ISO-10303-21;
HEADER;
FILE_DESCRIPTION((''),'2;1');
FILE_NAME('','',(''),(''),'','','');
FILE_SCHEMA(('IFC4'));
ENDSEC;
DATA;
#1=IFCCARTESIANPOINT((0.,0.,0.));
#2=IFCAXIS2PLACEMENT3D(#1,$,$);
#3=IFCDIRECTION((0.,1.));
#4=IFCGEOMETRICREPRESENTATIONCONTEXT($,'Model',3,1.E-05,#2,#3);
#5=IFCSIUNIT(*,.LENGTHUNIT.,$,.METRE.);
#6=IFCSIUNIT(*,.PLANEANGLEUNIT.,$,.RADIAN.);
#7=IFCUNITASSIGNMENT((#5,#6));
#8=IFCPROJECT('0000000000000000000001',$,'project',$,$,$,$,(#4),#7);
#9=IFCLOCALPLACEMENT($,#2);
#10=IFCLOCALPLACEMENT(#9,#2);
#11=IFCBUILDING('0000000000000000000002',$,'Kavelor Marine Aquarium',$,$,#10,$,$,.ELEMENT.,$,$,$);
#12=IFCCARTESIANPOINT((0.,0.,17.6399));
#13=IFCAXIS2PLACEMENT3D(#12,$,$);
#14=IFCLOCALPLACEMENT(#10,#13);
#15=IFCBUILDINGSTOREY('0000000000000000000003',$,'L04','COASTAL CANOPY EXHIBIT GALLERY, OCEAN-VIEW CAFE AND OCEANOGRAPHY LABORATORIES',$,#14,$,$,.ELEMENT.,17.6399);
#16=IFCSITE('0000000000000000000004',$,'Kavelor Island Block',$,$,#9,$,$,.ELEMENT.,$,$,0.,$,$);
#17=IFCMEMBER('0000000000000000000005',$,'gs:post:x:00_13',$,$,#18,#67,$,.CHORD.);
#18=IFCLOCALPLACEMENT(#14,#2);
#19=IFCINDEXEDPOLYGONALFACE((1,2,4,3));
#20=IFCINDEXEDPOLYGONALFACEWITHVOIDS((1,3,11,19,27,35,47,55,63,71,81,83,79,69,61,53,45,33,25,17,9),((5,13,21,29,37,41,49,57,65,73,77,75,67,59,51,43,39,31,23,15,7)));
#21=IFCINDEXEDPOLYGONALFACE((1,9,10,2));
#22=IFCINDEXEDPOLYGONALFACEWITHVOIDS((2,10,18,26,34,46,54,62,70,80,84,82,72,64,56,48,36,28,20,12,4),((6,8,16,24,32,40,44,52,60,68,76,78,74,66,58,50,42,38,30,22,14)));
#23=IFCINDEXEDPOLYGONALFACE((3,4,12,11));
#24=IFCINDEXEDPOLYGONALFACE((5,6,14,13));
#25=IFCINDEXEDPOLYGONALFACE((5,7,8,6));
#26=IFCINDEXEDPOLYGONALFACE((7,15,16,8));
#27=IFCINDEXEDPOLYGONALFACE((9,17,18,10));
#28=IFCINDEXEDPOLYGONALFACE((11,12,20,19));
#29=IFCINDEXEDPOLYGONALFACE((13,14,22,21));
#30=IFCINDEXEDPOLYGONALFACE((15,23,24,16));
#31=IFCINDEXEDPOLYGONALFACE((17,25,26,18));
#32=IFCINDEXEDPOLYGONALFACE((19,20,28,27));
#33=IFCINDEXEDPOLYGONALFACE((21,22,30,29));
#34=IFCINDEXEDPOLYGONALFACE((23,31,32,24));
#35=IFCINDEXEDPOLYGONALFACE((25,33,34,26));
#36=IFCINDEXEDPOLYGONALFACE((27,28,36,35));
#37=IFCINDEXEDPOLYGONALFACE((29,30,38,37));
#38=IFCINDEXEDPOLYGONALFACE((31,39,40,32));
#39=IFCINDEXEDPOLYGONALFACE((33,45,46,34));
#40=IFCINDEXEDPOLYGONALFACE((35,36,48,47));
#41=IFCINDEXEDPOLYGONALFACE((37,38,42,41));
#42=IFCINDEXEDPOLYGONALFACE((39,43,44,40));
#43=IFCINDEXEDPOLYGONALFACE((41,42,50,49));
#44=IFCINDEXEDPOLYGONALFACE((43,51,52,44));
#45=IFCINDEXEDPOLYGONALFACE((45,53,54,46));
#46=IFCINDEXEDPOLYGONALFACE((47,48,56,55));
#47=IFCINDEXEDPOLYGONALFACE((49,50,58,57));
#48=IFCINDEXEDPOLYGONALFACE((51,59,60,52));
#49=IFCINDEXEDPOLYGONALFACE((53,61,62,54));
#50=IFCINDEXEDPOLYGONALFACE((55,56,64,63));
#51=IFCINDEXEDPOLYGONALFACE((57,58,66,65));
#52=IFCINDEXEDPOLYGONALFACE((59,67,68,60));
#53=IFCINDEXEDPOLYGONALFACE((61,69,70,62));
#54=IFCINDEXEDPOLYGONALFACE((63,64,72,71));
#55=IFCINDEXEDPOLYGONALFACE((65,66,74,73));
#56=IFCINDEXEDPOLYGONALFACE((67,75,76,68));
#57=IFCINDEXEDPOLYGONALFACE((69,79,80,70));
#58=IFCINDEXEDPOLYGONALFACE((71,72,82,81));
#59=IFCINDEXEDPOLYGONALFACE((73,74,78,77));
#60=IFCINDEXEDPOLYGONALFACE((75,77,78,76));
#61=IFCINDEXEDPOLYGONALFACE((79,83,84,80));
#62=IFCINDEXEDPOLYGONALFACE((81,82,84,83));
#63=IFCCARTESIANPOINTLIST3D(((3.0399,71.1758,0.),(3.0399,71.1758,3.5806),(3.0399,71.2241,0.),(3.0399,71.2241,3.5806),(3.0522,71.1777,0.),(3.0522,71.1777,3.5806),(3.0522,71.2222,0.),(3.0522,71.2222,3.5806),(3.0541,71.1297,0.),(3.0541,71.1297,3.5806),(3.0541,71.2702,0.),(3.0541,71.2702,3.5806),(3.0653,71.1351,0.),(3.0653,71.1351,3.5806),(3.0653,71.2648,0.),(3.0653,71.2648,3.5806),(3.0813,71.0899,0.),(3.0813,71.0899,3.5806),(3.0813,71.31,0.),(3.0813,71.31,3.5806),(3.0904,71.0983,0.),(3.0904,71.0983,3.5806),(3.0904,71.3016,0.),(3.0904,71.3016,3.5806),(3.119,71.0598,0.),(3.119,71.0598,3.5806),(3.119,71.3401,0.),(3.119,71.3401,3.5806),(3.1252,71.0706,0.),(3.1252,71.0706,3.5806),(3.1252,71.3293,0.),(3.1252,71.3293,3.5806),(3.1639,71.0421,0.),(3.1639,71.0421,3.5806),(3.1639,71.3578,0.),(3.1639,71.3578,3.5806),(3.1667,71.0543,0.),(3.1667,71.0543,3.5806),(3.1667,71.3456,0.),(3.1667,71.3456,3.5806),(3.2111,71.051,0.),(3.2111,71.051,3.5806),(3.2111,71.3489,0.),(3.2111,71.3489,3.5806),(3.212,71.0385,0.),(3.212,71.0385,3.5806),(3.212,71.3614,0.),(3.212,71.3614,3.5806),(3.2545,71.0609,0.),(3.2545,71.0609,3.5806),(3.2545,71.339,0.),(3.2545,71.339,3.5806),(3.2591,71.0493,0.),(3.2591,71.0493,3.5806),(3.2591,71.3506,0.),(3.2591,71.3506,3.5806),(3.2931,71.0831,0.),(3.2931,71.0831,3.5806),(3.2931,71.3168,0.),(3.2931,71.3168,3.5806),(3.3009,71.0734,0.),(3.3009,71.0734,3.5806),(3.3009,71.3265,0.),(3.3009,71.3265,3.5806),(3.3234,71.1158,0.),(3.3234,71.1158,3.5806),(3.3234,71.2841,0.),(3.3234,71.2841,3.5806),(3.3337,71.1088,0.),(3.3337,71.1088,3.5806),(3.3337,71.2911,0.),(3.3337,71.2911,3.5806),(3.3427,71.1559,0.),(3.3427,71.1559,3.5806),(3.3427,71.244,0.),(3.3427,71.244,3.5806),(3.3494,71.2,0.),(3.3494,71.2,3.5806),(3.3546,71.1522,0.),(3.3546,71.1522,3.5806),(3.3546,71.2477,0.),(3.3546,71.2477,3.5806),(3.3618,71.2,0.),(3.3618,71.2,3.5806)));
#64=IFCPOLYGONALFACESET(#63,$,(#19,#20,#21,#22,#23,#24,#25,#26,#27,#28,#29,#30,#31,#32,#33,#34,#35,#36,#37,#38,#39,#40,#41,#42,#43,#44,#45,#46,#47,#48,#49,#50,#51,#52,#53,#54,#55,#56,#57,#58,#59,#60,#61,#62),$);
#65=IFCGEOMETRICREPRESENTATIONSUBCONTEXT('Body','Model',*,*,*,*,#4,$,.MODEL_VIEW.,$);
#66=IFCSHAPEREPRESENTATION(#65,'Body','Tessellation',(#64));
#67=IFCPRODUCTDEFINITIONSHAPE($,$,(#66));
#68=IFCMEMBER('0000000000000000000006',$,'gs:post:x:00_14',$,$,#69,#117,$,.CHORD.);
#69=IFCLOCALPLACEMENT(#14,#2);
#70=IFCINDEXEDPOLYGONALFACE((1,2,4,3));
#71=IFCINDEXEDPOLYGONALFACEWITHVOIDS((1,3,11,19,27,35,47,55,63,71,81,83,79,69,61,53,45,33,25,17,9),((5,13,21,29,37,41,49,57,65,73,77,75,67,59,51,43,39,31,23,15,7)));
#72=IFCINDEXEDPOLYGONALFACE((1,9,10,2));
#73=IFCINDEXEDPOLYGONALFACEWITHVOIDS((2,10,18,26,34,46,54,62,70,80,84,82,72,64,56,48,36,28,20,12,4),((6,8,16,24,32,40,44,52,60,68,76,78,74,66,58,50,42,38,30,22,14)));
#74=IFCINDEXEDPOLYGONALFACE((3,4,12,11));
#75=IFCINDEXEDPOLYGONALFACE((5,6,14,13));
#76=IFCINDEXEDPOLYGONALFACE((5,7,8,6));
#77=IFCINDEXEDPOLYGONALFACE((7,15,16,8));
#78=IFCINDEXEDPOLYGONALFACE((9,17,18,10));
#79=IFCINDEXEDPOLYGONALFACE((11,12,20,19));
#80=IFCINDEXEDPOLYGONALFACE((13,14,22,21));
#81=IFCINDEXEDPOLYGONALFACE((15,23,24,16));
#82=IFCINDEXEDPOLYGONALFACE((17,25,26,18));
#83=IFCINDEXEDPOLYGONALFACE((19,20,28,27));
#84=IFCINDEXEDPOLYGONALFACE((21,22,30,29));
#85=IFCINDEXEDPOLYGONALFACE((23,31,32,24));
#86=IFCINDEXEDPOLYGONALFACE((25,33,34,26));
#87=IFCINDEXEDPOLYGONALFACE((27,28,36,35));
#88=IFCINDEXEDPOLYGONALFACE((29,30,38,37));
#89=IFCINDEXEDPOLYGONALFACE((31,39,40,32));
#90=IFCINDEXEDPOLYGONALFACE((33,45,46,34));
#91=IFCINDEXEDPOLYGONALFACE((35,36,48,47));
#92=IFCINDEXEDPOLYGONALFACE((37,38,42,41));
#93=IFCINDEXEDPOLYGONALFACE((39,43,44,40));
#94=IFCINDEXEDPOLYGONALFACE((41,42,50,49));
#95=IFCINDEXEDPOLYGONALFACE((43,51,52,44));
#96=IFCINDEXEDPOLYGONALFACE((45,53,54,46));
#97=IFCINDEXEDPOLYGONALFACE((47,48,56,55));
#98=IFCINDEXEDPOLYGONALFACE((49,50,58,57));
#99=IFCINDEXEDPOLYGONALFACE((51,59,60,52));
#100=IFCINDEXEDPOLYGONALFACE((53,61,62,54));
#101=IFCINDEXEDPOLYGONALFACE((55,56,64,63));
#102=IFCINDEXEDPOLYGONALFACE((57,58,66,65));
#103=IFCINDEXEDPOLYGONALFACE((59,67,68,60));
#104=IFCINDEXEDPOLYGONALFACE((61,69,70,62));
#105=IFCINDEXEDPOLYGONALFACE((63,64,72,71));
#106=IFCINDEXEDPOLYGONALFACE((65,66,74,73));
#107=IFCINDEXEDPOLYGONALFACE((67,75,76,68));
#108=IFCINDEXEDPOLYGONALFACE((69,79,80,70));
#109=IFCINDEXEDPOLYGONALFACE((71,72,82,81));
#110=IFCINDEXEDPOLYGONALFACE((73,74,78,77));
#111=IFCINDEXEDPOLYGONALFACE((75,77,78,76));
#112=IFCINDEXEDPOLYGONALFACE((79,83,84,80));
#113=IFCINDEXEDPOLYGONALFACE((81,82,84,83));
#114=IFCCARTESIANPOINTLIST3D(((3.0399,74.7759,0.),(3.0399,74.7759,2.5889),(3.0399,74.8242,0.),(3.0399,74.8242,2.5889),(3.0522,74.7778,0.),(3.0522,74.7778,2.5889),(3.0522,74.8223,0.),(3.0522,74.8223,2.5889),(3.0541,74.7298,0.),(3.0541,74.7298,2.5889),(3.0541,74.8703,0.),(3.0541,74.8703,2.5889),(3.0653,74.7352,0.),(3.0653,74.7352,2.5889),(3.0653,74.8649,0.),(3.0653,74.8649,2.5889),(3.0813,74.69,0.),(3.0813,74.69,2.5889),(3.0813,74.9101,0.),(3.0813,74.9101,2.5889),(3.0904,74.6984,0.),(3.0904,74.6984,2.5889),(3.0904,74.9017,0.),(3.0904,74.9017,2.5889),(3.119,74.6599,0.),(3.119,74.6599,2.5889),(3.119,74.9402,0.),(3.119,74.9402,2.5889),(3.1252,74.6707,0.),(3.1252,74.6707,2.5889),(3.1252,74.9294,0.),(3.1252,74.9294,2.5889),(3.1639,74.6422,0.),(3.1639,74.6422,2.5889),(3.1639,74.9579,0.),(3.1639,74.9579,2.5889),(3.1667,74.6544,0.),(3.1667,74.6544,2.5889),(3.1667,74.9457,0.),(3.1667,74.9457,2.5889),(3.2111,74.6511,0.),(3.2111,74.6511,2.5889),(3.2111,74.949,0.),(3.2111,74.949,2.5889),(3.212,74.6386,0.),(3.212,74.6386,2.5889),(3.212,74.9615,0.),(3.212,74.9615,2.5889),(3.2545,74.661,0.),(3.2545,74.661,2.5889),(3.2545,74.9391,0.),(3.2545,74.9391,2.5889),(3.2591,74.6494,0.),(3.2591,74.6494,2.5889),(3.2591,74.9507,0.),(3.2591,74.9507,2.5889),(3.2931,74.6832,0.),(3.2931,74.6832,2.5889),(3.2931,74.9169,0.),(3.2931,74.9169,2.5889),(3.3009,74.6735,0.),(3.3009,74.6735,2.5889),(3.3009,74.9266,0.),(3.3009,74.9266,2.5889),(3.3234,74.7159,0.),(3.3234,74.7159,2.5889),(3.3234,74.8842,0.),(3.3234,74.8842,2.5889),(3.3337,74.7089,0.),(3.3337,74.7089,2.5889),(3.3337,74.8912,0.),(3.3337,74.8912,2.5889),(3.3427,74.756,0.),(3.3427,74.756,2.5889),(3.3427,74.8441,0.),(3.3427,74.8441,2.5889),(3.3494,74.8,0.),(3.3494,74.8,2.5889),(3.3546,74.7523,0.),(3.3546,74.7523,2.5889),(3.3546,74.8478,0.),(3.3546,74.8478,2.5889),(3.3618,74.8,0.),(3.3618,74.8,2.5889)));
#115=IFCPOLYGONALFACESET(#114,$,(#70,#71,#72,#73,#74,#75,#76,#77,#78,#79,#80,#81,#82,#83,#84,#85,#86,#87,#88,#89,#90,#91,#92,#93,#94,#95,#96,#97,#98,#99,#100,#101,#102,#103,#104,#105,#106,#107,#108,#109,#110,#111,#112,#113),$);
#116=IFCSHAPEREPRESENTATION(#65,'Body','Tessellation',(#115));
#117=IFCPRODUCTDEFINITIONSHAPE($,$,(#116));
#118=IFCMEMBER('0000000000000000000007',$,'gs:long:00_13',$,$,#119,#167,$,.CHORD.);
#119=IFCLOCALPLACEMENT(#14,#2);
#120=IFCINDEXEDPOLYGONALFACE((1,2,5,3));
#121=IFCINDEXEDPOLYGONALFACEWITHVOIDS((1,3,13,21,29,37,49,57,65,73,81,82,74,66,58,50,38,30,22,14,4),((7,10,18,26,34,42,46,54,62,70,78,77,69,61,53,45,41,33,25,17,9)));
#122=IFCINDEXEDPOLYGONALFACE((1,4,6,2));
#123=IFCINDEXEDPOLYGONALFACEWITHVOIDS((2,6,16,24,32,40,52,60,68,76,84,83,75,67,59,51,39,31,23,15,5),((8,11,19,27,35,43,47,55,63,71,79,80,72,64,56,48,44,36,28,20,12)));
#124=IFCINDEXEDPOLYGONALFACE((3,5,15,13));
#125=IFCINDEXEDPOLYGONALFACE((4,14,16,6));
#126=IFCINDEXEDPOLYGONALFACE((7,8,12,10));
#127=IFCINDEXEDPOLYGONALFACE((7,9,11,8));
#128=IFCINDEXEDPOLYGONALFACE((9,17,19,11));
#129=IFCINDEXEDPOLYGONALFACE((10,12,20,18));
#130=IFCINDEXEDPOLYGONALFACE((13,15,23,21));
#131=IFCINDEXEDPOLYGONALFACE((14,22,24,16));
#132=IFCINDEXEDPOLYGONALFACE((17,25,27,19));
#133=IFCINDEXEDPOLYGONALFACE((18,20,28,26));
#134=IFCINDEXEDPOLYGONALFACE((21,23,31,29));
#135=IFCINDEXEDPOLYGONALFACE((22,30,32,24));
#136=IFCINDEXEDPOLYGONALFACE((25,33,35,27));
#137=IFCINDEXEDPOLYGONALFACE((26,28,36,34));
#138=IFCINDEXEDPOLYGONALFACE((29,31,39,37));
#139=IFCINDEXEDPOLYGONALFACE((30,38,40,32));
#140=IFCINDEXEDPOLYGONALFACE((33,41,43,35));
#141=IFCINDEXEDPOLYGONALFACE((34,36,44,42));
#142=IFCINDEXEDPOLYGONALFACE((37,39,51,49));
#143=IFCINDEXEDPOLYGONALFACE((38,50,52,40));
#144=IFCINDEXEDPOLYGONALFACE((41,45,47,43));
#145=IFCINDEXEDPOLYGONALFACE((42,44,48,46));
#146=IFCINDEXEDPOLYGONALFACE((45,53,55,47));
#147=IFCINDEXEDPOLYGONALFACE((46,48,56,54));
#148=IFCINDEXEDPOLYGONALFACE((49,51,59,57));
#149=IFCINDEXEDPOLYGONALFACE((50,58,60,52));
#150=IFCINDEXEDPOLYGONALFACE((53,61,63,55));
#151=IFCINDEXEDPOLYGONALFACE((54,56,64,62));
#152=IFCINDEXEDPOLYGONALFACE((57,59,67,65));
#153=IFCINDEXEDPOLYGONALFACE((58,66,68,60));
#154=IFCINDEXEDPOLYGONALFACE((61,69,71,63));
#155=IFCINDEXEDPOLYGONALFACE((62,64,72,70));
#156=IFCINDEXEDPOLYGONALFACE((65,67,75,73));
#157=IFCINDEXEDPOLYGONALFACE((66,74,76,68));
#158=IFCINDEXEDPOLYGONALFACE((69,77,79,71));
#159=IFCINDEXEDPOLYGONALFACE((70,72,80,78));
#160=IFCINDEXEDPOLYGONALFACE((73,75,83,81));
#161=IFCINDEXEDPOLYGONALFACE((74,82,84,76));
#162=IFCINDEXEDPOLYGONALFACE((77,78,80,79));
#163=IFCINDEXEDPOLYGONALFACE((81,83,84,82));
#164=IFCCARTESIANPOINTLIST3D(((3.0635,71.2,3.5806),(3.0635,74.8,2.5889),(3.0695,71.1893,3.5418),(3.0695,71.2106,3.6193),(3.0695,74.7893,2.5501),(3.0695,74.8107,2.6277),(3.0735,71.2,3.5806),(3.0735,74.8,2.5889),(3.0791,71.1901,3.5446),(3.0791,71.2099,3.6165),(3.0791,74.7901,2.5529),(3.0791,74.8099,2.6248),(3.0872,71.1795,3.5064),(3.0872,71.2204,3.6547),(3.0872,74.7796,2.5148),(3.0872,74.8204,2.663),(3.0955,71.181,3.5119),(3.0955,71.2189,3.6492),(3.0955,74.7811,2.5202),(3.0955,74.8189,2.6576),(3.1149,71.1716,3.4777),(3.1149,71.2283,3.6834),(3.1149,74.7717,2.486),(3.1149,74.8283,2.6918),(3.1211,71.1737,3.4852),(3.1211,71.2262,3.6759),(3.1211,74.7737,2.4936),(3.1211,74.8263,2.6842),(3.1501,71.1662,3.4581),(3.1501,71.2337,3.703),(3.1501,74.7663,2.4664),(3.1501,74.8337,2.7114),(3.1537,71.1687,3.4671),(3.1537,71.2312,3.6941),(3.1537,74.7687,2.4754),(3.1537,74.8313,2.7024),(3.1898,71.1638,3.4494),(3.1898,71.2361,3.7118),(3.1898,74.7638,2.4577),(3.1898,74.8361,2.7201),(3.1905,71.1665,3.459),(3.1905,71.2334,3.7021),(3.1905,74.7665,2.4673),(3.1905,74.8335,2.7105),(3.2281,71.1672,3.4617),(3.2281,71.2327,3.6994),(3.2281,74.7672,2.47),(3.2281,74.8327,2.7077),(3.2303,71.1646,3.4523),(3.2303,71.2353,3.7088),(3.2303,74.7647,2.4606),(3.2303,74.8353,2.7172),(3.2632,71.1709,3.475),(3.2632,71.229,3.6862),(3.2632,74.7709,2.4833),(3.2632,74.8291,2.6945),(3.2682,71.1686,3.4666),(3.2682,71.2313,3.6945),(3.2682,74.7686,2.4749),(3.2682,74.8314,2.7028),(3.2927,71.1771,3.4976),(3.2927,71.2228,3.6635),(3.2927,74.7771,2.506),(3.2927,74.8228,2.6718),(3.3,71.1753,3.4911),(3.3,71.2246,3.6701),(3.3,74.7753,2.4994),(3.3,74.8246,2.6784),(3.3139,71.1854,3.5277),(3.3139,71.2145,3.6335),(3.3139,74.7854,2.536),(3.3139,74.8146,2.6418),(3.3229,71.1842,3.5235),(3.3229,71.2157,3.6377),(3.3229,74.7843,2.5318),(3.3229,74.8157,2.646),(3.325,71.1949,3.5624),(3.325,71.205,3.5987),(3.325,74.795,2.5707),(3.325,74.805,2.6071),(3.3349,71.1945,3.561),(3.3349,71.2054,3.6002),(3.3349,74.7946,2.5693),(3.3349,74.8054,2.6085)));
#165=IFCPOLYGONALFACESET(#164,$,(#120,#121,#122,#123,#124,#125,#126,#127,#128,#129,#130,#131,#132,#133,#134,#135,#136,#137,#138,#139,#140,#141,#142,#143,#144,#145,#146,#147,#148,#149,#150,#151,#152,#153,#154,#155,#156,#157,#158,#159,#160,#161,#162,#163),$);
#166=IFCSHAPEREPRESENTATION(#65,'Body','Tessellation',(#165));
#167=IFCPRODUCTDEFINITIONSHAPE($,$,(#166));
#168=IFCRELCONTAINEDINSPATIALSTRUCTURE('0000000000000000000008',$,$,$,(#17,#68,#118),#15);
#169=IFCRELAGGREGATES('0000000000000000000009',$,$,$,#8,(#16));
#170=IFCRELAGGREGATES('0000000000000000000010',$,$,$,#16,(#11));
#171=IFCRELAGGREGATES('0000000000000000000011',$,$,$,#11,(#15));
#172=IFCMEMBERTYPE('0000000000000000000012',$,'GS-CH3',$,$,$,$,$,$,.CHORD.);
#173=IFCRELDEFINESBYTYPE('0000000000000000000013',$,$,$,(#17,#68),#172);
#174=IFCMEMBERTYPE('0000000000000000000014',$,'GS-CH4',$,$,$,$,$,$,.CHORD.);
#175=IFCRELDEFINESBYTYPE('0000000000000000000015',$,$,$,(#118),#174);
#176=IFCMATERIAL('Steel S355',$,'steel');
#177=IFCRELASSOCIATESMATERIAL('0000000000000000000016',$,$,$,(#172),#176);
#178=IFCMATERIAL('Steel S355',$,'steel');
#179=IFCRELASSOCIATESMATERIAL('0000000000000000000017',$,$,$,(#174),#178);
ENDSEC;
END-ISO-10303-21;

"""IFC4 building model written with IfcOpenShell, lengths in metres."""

from ifc_helpers import new_model, si_unit, direction, frame, origin, origin_2d, place, context, subcontext, project, spatial, hollow_circle, extrude, material, material_profile, profile_set, type_object, element, save


model = new_model("IFC4")

# Units and contexts
model_context = context("Model", 3, precision=1e-05, world=origin(), true_north=direction((0.0, 1.0)))
body_context = subcontext(model_context, "Body", "Model", "MODEL_VIEW")
ifc_project = project(units=[si_unit("LENGTHUNIT", "METRE"), si_unit("PLANEANGLEUNIT", "RADIAN")], contexts=[model_context])

# Site, building, storey
site_placement = place(None, origin())
site = spatial("IfcSite", under=ifc_project, at=site_placement, Name="Kavelor Island Block", CompositionType="ELEMENT", RefElevation=0.0)
building_placement = place(site_placement, origin())
building = spatial("IfcBuilding", under=site, at=building_placement, Name="Kavelor Marine Aquarium", CompositionType="ELEMENT")
storey_placement = place(building_placement, frame((0.0, 0.0, 17.6399)))
storey = spatial("IfcBuildingStorey", under=building, at=storey_placement, Name="L04", Description="COASTAL CANOPY EXHIBIT GALLERY, OCEAN-VIEW CAFE AND OCEANOGRAPHY LABORATORIES", CompositionType="ELEMENT", Elevation=17.6399)

# Members
ifc_material_1 = material(Name="Steel S355", Category="steel")
ifc_material_profile_1 = material_profile(ifc_material_1, hollow_circle(Radius=0.1619, WallThickness=0.0125, at=origin_2d()), Name="CHS 323.9x12.5")
ifc_profile_set_1 = profile_set([ifc_material_profile_1], Name="Steel S355")
member_type_1 = type_object("IfcMemberType", Name="GS-CH3", PredefinedType="CHORD", material=ifc_profile_set_1)
member_1_placement = place(storey_placement, frame((3.2, 71.2, 0.0), z_axis=(0.0, 0.0, 1.0), x_axis=(1.0, 0.0, 0.0)))
element("IfcMember", 1, at=member_1_placement, inside=storey, type_object=member_type_1, Name="gs:post:x:00_13", PredefinedType="CHORD", context=body_context, shape_type="SweptSolid", body=[
    extrude(hollow_circle(Radius=0.1619, WallThickness=0.0125, at=origin_2d()), origin(), (0.0, 0.0, 1.0), 3.5806),
])
member_2_placement = place(storey_placement, frame((3.2, 74.8, 0.0), z_axis=(0.0, 0.0, 1.0), x_axis=(1.0, 0.0, 0.0)))
element("IfcMember", 2, at=member_2_placement, inside=storey, type_object=member_type_1, Name="gs:post:x:00_14", PredefinedType="CHORD", context=body_context, shape_type="SweptSolid", body=[
    extrude(hollow_circle(Radius=0.1619, WallThickness=0.0125, at=origin_2d()), origin(), (0.0, 0.0, 1.0), 2.5889),
])
ifc_material_2 = material(Name="Steel S355", Category="steel")
ifc_material_profile_2 = material_profile(ifc_material_2, hollow_circle(Radius=0.1365, WallThickness=0.01, at=origin_2d()), Name="CHS 273.0x10.0")
ifc_profile_set_2 = profile_set([ifc_material_profile_2], Name="Steel S355")
member_type_2 = type_object("IfcMemberType", Name="GS-CH4", PredefinedType="CHORD", material=ifc_profile_set_2)
member_3_placement = place(storey_placement, frame((3.2, 71.2, 3.5806), z_axis=(0.0, 0.964091, -0.265573), x_axis=(-1.0, 0.0, 0.0)))
element("IfcMember", 3, at=member_3_placement, inside=storey, type_object=member_type_2, Name="gs:long:00_13", PredefinedType="CHORD", context=body_context, shape_type="SweptSolid", body=[
    extrude(hollow_circle(Radius=0.1365, WallThickness=0.01, at=origin_2d()), origin(), (0.0, 0.0, 1.0), 3.7341),
])

save(model, "model.ifc")
